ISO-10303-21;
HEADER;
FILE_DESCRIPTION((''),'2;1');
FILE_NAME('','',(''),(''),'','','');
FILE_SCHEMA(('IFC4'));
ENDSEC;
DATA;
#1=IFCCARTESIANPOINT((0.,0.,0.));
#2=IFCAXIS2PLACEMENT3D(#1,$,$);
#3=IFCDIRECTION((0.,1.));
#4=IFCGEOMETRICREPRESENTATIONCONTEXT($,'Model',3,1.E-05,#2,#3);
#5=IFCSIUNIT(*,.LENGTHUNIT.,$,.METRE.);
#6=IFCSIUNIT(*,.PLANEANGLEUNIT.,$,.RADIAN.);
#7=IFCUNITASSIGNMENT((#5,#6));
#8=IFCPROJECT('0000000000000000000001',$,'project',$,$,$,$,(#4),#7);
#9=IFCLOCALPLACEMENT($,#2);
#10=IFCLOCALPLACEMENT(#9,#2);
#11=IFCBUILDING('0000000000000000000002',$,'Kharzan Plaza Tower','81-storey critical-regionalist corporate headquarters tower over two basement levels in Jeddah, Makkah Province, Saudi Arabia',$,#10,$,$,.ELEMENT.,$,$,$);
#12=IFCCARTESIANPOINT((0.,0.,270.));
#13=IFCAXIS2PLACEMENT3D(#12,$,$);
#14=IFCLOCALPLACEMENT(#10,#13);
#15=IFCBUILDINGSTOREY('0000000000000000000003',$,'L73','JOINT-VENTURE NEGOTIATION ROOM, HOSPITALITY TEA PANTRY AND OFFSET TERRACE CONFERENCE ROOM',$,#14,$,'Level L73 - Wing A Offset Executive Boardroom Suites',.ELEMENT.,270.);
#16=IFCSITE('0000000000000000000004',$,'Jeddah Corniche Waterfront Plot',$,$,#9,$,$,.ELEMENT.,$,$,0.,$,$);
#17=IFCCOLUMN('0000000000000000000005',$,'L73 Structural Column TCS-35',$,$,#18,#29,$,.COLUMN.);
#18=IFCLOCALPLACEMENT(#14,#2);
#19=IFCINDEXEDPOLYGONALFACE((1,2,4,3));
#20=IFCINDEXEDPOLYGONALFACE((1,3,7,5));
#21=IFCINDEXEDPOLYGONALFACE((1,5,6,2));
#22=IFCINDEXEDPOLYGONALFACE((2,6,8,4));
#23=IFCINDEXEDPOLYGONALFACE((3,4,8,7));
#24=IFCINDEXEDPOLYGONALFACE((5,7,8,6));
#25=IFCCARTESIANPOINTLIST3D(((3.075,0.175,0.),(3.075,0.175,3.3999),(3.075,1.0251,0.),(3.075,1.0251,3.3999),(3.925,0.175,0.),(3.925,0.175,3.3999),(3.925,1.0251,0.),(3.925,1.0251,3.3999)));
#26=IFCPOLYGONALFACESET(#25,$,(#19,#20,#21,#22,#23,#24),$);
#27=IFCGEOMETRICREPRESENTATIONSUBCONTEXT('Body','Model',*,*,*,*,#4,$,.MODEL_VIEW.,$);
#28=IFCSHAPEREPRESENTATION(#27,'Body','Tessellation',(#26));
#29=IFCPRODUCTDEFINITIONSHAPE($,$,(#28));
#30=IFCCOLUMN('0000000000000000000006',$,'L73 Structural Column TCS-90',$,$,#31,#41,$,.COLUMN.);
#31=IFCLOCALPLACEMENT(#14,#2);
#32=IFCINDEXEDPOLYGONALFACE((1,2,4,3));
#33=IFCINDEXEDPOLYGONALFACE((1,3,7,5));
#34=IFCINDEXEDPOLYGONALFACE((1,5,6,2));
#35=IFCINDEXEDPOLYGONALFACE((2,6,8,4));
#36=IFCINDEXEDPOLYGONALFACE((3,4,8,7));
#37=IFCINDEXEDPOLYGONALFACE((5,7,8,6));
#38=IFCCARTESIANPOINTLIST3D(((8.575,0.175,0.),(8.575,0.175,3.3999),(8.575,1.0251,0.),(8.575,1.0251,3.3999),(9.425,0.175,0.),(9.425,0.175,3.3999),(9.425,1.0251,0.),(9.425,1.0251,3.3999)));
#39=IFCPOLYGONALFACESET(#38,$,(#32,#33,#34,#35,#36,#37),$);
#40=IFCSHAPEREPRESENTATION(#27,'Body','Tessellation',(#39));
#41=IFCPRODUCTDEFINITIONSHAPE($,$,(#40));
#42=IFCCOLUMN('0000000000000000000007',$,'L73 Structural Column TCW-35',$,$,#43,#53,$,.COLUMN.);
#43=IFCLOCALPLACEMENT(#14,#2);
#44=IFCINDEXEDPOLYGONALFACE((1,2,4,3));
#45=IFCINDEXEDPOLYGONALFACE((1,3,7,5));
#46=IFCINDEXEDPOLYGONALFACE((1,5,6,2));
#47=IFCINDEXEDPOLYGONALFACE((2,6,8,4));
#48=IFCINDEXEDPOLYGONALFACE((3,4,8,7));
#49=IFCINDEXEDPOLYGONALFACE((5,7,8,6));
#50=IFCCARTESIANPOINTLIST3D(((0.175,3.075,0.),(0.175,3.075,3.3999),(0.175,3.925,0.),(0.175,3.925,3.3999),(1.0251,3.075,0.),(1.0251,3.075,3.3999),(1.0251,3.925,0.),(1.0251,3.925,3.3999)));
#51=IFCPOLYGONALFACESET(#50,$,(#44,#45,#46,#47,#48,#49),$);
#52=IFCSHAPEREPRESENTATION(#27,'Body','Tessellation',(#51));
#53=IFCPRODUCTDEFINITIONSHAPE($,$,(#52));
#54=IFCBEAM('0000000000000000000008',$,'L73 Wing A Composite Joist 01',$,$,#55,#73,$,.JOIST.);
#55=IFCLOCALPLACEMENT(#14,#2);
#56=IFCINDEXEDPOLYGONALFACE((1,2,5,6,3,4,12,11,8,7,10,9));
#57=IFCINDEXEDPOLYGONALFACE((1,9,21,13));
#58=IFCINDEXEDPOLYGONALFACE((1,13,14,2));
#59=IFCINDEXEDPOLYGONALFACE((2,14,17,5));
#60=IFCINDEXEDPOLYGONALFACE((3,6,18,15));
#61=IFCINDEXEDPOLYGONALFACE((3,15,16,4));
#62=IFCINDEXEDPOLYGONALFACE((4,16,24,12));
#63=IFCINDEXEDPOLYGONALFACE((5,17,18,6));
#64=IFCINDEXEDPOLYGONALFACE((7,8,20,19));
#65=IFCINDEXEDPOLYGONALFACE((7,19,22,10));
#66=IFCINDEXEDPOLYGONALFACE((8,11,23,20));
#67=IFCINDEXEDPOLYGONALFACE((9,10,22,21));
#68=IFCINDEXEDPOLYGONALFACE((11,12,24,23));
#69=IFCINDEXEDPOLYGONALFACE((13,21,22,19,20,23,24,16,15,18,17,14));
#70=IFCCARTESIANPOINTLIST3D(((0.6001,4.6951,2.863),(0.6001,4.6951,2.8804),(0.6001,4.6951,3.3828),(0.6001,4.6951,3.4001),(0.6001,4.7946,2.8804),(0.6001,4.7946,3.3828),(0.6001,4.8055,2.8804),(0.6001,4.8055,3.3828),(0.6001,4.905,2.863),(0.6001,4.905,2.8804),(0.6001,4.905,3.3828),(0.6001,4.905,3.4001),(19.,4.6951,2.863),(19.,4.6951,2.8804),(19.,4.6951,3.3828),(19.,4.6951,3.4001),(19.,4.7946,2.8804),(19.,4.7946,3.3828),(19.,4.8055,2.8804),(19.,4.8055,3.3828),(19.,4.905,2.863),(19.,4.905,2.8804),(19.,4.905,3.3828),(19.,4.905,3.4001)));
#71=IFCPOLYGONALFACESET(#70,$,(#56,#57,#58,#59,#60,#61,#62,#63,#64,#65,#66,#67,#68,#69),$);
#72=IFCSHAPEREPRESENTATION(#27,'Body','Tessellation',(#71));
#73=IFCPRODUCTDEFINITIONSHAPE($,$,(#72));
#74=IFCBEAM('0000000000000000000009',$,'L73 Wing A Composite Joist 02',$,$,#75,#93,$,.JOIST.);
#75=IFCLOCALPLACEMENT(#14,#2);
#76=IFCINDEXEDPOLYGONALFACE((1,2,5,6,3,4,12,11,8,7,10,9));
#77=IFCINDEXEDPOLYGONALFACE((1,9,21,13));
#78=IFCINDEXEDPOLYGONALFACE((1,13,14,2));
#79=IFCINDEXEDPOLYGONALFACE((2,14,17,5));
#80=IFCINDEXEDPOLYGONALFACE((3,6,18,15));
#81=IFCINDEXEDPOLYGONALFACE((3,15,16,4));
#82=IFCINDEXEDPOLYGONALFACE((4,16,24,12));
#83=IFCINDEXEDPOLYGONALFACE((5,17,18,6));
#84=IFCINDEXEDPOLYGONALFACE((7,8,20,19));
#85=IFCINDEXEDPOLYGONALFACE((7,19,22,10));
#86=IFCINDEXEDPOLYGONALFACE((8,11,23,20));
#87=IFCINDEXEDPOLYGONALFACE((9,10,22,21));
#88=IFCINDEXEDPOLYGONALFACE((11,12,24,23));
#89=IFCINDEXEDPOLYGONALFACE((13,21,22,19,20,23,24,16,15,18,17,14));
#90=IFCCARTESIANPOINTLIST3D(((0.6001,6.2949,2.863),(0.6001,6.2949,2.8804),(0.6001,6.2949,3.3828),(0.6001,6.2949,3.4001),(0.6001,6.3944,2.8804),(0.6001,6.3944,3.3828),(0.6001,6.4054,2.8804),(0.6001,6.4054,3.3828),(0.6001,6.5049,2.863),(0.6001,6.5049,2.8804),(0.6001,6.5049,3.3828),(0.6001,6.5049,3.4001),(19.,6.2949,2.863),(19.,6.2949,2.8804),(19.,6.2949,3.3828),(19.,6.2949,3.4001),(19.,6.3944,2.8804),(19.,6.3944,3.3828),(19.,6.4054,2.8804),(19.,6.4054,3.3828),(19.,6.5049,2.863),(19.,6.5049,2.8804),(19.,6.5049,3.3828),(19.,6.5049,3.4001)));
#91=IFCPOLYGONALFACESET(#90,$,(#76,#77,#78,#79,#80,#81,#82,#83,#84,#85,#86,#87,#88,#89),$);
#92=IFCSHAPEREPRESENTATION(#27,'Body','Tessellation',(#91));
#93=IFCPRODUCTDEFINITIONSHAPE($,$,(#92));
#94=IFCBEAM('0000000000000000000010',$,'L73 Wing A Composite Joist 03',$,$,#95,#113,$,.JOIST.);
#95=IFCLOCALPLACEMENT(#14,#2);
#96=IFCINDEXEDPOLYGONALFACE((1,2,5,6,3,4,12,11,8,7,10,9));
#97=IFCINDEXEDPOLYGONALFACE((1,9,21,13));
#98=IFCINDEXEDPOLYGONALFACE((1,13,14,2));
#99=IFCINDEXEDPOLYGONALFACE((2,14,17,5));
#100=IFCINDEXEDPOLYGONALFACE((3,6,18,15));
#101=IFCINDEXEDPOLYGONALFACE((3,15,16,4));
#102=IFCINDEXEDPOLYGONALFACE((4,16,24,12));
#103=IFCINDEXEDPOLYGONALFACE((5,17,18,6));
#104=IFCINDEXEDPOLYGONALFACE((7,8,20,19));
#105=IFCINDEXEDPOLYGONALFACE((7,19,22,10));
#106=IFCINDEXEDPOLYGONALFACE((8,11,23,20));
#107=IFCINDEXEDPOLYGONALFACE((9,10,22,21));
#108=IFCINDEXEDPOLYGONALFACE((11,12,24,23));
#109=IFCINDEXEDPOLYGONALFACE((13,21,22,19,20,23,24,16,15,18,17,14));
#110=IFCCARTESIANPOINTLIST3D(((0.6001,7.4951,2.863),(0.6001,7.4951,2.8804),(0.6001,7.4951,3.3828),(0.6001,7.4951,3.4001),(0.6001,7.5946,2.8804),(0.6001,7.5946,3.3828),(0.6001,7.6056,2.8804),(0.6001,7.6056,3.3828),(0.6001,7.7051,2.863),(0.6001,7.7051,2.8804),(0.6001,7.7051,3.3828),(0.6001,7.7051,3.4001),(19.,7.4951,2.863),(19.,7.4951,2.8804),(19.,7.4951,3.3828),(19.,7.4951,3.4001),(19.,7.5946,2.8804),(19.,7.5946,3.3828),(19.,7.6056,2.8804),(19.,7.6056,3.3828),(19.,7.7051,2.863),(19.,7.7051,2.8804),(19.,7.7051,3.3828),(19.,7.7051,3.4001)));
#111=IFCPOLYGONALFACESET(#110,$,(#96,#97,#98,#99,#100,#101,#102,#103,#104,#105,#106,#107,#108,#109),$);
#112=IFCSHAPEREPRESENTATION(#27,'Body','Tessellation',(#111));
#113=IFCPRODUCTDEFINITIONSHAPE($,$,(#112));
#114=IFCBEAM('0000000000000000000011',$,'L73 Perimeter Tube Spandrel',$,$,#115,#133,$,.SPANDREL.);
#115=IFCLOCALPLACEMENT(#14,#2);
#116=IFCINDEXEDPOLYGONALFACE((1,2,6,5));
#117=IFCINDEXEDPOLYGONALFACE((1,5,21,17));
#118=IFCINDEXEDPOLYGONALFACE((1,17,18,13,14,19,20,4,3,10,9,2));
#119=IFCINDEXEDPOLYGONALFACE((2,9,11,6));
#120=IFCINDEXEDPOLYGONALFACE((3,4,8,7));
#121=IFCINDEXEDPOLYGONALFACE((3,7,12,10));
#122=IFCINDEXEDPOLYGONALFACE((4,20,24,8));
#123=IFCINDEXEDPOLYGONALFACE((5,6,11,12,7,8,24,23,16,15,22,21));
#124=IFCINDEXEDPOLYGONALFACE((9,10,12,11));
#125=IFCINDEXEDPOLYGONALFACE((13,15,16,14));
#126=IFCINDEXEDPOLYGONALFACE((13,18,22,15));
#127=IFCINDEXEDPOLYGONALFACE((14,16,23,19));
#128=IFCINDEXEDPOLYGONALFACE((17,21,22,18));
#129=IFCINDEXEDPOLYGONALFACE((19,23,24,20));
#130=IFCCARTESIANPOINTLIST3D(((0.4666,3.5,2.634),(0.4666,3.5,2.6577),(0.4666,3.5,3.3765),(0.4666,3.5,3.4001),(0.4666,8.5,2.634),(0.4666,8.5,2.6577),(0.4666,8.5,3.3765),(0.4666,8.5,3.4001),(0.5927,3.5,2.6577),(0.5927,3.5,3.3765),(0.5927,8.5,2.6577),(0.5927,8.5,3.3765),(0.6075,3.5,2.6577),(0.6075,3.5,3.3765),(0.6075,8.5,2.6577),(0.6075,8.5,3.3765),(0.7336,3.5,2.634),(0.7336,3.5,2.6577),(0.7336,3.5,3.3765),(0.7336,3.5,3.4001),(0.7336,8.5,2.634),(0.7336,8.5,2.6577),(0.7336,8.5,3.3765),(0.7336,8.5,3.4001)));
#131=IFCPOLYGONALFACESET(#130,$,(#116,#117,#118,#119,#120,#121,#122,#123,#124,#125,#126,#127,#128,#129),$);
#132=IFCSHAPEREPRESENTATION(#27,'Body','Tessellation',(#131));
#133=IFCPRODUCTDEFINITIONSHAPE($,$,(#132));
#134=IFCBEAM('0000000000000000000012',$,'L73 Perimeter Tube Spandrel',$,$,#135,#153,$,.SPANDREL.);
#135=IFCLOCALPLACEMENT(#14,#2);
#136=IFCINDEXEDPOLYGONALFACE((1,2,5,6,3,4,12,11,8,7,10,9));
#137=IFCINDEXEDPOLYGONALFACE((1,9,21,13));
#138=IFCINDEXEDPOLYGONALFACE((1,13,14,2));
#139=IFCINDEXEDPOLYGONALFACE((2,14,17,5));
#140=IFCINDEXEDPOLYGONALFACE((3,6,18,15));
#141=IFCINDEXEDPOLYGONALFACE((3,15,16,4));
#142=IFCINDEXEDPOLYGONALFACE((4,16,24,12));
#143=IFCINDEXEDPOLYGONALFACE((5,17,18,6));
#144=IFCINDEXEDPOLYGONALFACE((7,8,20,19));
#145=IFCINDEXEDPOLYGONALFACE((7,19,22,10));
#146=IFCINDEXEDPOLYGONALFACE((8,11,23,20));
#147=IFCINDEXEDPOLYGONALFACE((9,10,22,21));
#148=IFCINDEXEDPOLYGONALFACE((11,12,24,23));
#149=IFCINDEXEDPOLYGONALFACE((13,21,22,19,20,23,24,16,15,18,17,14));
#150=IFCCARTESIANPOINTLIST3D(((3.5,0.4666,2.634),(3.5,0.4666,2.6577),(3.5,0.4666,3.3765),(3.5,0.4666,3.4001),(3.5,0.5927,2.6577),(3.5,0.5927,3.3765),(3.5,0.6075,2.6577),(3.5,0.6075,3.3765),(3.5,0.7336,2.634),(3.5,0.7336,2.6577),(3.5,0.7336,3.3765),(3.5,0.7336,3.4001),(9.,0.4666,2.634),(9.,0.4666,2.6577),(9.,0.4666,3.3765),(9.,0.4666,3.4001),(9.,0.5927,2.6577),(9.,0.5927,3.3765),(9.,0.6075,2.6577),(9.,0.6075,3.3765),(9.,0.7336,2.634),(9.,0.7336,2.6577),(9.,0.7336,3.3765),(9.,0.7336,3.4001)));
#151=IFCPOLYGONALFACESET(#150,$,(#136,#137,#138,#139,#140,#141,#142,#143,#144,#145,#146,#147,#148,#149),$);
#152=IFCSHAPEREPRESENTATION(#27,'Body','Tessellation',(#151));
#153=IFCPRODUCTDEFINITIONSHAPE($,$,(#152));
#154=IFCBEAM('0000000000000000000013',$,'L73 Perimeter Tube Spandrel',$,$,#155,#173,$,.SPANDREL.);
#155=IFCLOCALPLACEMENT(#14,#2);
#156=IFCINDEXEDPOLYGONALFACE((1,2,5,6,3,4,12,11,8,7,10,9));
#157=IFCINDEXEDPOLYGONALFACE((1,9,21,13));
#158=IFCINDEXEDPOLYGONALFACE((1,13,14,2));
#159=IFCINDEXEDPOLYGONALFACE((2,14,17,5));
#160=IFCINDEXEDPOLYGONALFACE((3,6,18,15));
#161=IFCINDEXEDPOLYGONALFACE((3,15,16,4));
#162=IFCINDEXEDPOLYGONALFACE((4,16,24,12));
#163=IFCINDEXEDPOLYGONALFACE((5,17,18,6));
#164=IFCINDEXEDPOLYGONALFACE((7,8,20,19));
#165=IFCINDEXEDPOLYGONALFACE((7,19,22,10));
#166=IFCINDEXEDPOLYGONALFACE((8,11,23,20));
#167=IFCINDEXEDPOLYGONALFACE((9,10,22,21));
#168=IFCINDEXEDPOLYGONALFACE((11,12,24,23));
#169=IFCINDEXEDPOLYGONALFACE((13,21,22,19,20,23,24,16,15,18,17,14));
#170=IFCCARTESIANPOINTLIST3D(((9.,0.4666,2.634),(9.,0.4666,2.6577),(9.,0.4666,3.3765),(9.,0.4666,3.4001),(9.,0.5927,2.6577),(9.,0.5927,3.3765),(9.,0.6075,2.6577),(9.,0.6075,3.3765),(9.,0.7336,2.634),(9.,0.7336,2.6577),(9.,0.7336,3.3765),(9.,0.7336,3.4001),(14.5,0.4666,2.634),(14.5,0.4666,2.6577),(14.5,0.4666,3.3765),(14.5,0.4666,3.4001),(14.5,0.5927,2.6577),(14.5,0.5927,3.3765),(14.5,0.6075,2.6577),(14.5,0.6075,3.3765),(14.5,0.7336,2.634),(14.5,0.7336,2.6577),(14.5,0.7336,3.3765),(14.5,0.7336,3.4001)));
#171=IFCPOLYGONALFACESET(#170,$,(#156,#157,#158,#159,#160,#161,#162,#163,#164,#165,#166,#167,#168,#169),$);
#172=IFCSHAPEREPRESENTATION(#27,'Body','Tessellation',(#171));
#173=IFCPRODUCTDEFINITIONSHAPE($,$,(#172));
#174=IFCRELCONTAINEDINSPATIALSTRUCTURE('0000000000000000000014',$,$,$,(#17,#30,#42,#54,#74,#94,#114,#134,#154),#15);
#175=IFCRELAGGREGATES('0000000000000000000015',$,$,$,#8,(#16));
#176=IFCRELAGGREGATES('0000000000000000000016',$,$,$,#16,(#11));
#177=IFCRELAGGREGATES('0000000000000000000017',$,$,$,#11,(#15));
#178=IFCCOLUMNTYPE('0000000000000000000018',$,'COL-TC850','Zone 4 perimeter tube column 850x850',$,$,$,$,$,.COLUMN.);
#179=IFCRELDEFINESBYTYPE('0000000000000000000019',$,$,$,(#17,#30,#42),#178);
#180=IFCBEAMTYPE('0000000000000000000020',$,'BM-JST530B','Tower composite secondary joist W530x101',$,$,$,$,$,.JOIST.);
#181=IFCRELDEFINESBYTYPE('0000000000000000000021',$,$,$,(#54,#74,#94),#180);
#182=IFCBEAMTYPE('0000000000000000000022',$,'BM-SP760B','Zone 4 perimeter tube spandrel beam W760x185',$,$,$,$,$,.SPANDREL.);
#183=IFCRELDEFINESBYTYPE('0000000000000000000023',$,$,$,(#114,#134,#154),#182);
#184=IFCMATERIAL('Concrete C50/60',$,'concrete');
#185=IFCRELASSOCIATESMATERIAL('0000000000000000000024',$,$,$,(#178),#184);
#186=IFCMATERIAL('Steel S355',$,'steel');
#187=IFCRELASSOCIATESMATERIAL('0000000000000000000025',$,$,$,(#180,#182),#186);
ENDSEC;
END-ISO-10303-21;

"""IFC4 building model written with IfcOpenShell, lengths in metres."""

from ifc_helpers import new_model, si_unit, direction, frame, origin, origin_2d, place, context, subcontext, project, spatial, rectangle, i_section, extrude, source, transform, mapped, material, material_profile, profile_set, type_object, element, save


model = new_model("IFC4")

# Units and contexts
model_context = context("Model", 3, precision=1e-05, world=origin(), true_north=direction((0.0, 1.0)))
body_context = subcontext(model_context, "Body", "Model", "MODEL_VIEW")
ifc_project = project(units=[si_unit("LENGTHUNIT", "METRE"), si_unit("PLANEANGLEUNIT", "RADIAN")], contexts=[model_context])

# Site, building, storey
site_placement = place(None, origin())
site = spatial("IfcSite", under=ifc_project, at=site_placement, Name="Jeddah Corniche Waterfront Plot", CompositionType="ELEMENT", RefElevation=0.0)
building_placement = place(site_placement, origin())
building = spatial("IfcBuilding", under=site, at=building_placement, Name="Kharzan Plaza Tower", Description="81-storey critical-regionalist corporate headquarters tower over two basement levels in Jeddah, Makkah Province, Saudi Arabia", CompositionType="ELEMENT")
storey_placement = place(building_placement, frame((0.0, 0.0, 270.0)))
storey = spatial("IfcBuildingStorey", under=building, at=storey_placement, Name="L73", Description="JOINT-VENTURE NEGOTIATION ROOM, HOSPITALITY TEA PANTRY AND OFFSET TERRACE CONFERENCE ROOM", LongName="Level L73 - Wing A Offset Executive Boardroom Suites", CompositionType="ELEMENT", Elevation=270.0)

# Columns
ifc_material_1 = material(Name="Concrete C50/60", Category="concrete")
ifc_material_profile_1 = material_profile(ifc_material_1, rectangle(XDim=0.8501, YDim=0.8501, at=origin_2d()), Name="RC-TC850x850")
ifc_profile_set_1 = profile_set([ifc_material_profile_1], Name="Concrete C50/60")
column_type = type_object("IfcColumnType", Name="COL-TC850", Description="Zone 4 perimeter tube column 850x850", PredefinedType="COLUMN", material=ifc_profile_set_1)
shared_shape_1 = source(origin(), body_context, "Body", "SweptSolid", [
    extrude(rectangle(XDim=0.8501, YDim=0.8501, at=origin_2d()), origin(), (0.0, 0.0, 1.0), 3.3999),
])
for number, where, z_axis, x_axis, name in (
    (1, (3.5, 0.6001, 0.0), (0.0, 0.0, 1.0), (1.0, 0.0, 0.0), "L73 Structural Column TCS-35"),
    (2, (9.0, 0.6001, 0.0), (0.0, 0.0, 1.0), (1.0, 0.0, 0.0), "L73 Structural Column TCS-90"),
    (3, (0.6001, 3.5, 0.0), (0.0, 0.0, 1.0), (1.0, 0.0, 0.0), "L73 Structural Column TCW-35"),
):
    element("IfcColumn", number, at=place(storey_placement, frame(where, z_axis=z_axis, x_axis=x_axis)), inside=storey, type_object=column_type, Name=name, PredefinedType="COLUMN", context=body_context, shape_type="MappedRepresentation", body=[
        mapped(shared_shape_1, transform((0.0, 0.0, 0.0), x_axis=(1.0, 0.0, 0.0), y_axis=(0.0, 1.0, 0.0), z_axis=(0.0, 0.0, 1.0))),
    ])

# Beams
ifc_material_2 = material(Name="Steel S355", Category="steel")
ifc_material_profile_2 = material_profile(ifc_material_2, i_section(OverallWidth=0.21, OverallDepth=0.5371, WebThickness=0.011, FlangeThickness=0.0173, at=origin_2d()), Name="W530x101")
ifc_profile_set_2 = profile_set([ifc_material_profile_2], Name="Steel S355")
beam_type_1 = type_object("IfcBeamType", Name="BM-JST530B", Description="Tower composite secondary joist W530x101", PredefinedType="JOIST", material=ifc_profile_set_2)
shared_shape_2 = source(origin(), body_context, "Body", "SweptSolid", [
    extrude(i_section(OverallWidth=0.21, OverallDepth=0.5371, WebThickness=0.011, FlangeThickness=0.0173, at=origin_2d()), origin(), (0.0, 0.0, 1.0), 18.3999),
])
for number, where, z_axis, x_axis, name in (
    (4, (0.6001, 4.8, 3.1316), (1.0, 0.0, 0.0), (0.0, 1.0, 0.0), "L73 Wing A Composite Joist 01"),
    (5, (0.6001, 6.3999, 3.1316), (1.0, 0.0, 0.0), (0.0, 1.0, 0.0), "L73 Wing A Composite Joist 02"),
    (6, (0.6001, 7.6001, 3.1316), (1.0, 0.0, 0.0), (0.0, 1.0, 0.0), "L73 Wing A Composite Joist 03"),
):
    element("IfcBeam", number, at=place(storey_placement, frame(where, z_axis=z_axis, x_axis=x_axis)), inside=storey, type_object=beam_type_1, Name=name, PredefinedType="JOIST", context=body_context, shape_type="MappedRepresentation", body=[
        mapped(shared_shape_2, transform((0.0, 0.0, 0.0), x_axis=(1.0, 0.0, 0.0), y_axis=(0.0, 1.0, 0.0), z_axis=(0.0, 0.0, 1.0))),
    ])
ifc_material_profile_3 = material_profile(ifc_material_2, i_section(OverallWidth=0.2671, OverallDepth=0.7661, WebThickness=0.0149, FlangeThickness=0.0237, at=origin_2d()), Name="W760x185")
ifc_profile_set_3 = profile_set([ifc_material_profile_3], Name="Steel S355")
beam_type_2 = type_object("IfcBeamType", Name="BM-SP760B", Description="Zone 4 perimeter tube spandrel beam W760x185", PredefinedType="SPANDREL", material=ifc_profile_set_3)
shared_shape_3 = source(origin(), body_context, "Body", "SweptSolid", [
    extrude(i_section(OverallWidth=0.2671, OverallDepth=0.7661, WebThickness=0.0149, FlangeThickness=0.0237, at=origin_2d()), origin(), (0.0, 0.0, 1.0), 5.0),
])
beam_placement = place(storey_placement, frame((0.6001, 3.5, 3.0171), z_axis=(0.0, 1.0, 0.0), x_axis=(-1.0, 0.0, 0.0)))
element("IfcBeam", 7, at=beam_placement, inside=storey, type_object=beam_type_2, Name="L73 Perimeter Tube Spandrel", PredefinedType="SPANDREL", context=body_context, shape_type="MappedRepresentation", body=[
    mapped(shared_shape_3, transform((0.0, 0.0, 0.0), x_axis=(1.0, 0.0, 0.0), y_axis=(0.0, 1.0, 0.0), z_axis=(0.0, 0.0, 1.0))),
])
shared_shape_4 = source(origin(), body_context, "Body", "SweptSolid", [
    extrude(i_section(OverallWidth=0.2671, OverallDepth=0.7661, WebThickness=0.0149, FlangeThickness=0.0237, at=origin_2d()), origin(), (0.0, 0.0, 1.0), 5.5),
])
for number, where, z_axis, x_axis, name in (
    (8, (3.5, 0.6001, 3.0171), (1.0, 0.0, 0.0), (0.0, 1.0, 0.0), "L73 Perimeter Tube Spandrel"),
    (9, (9.0, 0.6001, 3.0171), (1.0, 0.0, 0.0), (0.0, 1.0, 0.0), "L73 Perimeter Tube Spandrel"),
):
    element("IfcBeam", number, at=place(storey_placement, frame(where, z_axis=z_axis, x_axis=x_axis)), inside=storey, type_object=beam_type_2, Name=name, PredefinedType="SPANDREL", context=body_context, shape_type="MappedRepresentation", body=[
        mapped(shared_shape_4, transform((0.0, 0.0, 0.0), x_axis=(1.0, 0.0, 0.0), y_axis=(0.0, 1.0, 0.0), z_axis=(0.0, 0.0, 1.0))),
    ])

save(model, "model.ifc")
